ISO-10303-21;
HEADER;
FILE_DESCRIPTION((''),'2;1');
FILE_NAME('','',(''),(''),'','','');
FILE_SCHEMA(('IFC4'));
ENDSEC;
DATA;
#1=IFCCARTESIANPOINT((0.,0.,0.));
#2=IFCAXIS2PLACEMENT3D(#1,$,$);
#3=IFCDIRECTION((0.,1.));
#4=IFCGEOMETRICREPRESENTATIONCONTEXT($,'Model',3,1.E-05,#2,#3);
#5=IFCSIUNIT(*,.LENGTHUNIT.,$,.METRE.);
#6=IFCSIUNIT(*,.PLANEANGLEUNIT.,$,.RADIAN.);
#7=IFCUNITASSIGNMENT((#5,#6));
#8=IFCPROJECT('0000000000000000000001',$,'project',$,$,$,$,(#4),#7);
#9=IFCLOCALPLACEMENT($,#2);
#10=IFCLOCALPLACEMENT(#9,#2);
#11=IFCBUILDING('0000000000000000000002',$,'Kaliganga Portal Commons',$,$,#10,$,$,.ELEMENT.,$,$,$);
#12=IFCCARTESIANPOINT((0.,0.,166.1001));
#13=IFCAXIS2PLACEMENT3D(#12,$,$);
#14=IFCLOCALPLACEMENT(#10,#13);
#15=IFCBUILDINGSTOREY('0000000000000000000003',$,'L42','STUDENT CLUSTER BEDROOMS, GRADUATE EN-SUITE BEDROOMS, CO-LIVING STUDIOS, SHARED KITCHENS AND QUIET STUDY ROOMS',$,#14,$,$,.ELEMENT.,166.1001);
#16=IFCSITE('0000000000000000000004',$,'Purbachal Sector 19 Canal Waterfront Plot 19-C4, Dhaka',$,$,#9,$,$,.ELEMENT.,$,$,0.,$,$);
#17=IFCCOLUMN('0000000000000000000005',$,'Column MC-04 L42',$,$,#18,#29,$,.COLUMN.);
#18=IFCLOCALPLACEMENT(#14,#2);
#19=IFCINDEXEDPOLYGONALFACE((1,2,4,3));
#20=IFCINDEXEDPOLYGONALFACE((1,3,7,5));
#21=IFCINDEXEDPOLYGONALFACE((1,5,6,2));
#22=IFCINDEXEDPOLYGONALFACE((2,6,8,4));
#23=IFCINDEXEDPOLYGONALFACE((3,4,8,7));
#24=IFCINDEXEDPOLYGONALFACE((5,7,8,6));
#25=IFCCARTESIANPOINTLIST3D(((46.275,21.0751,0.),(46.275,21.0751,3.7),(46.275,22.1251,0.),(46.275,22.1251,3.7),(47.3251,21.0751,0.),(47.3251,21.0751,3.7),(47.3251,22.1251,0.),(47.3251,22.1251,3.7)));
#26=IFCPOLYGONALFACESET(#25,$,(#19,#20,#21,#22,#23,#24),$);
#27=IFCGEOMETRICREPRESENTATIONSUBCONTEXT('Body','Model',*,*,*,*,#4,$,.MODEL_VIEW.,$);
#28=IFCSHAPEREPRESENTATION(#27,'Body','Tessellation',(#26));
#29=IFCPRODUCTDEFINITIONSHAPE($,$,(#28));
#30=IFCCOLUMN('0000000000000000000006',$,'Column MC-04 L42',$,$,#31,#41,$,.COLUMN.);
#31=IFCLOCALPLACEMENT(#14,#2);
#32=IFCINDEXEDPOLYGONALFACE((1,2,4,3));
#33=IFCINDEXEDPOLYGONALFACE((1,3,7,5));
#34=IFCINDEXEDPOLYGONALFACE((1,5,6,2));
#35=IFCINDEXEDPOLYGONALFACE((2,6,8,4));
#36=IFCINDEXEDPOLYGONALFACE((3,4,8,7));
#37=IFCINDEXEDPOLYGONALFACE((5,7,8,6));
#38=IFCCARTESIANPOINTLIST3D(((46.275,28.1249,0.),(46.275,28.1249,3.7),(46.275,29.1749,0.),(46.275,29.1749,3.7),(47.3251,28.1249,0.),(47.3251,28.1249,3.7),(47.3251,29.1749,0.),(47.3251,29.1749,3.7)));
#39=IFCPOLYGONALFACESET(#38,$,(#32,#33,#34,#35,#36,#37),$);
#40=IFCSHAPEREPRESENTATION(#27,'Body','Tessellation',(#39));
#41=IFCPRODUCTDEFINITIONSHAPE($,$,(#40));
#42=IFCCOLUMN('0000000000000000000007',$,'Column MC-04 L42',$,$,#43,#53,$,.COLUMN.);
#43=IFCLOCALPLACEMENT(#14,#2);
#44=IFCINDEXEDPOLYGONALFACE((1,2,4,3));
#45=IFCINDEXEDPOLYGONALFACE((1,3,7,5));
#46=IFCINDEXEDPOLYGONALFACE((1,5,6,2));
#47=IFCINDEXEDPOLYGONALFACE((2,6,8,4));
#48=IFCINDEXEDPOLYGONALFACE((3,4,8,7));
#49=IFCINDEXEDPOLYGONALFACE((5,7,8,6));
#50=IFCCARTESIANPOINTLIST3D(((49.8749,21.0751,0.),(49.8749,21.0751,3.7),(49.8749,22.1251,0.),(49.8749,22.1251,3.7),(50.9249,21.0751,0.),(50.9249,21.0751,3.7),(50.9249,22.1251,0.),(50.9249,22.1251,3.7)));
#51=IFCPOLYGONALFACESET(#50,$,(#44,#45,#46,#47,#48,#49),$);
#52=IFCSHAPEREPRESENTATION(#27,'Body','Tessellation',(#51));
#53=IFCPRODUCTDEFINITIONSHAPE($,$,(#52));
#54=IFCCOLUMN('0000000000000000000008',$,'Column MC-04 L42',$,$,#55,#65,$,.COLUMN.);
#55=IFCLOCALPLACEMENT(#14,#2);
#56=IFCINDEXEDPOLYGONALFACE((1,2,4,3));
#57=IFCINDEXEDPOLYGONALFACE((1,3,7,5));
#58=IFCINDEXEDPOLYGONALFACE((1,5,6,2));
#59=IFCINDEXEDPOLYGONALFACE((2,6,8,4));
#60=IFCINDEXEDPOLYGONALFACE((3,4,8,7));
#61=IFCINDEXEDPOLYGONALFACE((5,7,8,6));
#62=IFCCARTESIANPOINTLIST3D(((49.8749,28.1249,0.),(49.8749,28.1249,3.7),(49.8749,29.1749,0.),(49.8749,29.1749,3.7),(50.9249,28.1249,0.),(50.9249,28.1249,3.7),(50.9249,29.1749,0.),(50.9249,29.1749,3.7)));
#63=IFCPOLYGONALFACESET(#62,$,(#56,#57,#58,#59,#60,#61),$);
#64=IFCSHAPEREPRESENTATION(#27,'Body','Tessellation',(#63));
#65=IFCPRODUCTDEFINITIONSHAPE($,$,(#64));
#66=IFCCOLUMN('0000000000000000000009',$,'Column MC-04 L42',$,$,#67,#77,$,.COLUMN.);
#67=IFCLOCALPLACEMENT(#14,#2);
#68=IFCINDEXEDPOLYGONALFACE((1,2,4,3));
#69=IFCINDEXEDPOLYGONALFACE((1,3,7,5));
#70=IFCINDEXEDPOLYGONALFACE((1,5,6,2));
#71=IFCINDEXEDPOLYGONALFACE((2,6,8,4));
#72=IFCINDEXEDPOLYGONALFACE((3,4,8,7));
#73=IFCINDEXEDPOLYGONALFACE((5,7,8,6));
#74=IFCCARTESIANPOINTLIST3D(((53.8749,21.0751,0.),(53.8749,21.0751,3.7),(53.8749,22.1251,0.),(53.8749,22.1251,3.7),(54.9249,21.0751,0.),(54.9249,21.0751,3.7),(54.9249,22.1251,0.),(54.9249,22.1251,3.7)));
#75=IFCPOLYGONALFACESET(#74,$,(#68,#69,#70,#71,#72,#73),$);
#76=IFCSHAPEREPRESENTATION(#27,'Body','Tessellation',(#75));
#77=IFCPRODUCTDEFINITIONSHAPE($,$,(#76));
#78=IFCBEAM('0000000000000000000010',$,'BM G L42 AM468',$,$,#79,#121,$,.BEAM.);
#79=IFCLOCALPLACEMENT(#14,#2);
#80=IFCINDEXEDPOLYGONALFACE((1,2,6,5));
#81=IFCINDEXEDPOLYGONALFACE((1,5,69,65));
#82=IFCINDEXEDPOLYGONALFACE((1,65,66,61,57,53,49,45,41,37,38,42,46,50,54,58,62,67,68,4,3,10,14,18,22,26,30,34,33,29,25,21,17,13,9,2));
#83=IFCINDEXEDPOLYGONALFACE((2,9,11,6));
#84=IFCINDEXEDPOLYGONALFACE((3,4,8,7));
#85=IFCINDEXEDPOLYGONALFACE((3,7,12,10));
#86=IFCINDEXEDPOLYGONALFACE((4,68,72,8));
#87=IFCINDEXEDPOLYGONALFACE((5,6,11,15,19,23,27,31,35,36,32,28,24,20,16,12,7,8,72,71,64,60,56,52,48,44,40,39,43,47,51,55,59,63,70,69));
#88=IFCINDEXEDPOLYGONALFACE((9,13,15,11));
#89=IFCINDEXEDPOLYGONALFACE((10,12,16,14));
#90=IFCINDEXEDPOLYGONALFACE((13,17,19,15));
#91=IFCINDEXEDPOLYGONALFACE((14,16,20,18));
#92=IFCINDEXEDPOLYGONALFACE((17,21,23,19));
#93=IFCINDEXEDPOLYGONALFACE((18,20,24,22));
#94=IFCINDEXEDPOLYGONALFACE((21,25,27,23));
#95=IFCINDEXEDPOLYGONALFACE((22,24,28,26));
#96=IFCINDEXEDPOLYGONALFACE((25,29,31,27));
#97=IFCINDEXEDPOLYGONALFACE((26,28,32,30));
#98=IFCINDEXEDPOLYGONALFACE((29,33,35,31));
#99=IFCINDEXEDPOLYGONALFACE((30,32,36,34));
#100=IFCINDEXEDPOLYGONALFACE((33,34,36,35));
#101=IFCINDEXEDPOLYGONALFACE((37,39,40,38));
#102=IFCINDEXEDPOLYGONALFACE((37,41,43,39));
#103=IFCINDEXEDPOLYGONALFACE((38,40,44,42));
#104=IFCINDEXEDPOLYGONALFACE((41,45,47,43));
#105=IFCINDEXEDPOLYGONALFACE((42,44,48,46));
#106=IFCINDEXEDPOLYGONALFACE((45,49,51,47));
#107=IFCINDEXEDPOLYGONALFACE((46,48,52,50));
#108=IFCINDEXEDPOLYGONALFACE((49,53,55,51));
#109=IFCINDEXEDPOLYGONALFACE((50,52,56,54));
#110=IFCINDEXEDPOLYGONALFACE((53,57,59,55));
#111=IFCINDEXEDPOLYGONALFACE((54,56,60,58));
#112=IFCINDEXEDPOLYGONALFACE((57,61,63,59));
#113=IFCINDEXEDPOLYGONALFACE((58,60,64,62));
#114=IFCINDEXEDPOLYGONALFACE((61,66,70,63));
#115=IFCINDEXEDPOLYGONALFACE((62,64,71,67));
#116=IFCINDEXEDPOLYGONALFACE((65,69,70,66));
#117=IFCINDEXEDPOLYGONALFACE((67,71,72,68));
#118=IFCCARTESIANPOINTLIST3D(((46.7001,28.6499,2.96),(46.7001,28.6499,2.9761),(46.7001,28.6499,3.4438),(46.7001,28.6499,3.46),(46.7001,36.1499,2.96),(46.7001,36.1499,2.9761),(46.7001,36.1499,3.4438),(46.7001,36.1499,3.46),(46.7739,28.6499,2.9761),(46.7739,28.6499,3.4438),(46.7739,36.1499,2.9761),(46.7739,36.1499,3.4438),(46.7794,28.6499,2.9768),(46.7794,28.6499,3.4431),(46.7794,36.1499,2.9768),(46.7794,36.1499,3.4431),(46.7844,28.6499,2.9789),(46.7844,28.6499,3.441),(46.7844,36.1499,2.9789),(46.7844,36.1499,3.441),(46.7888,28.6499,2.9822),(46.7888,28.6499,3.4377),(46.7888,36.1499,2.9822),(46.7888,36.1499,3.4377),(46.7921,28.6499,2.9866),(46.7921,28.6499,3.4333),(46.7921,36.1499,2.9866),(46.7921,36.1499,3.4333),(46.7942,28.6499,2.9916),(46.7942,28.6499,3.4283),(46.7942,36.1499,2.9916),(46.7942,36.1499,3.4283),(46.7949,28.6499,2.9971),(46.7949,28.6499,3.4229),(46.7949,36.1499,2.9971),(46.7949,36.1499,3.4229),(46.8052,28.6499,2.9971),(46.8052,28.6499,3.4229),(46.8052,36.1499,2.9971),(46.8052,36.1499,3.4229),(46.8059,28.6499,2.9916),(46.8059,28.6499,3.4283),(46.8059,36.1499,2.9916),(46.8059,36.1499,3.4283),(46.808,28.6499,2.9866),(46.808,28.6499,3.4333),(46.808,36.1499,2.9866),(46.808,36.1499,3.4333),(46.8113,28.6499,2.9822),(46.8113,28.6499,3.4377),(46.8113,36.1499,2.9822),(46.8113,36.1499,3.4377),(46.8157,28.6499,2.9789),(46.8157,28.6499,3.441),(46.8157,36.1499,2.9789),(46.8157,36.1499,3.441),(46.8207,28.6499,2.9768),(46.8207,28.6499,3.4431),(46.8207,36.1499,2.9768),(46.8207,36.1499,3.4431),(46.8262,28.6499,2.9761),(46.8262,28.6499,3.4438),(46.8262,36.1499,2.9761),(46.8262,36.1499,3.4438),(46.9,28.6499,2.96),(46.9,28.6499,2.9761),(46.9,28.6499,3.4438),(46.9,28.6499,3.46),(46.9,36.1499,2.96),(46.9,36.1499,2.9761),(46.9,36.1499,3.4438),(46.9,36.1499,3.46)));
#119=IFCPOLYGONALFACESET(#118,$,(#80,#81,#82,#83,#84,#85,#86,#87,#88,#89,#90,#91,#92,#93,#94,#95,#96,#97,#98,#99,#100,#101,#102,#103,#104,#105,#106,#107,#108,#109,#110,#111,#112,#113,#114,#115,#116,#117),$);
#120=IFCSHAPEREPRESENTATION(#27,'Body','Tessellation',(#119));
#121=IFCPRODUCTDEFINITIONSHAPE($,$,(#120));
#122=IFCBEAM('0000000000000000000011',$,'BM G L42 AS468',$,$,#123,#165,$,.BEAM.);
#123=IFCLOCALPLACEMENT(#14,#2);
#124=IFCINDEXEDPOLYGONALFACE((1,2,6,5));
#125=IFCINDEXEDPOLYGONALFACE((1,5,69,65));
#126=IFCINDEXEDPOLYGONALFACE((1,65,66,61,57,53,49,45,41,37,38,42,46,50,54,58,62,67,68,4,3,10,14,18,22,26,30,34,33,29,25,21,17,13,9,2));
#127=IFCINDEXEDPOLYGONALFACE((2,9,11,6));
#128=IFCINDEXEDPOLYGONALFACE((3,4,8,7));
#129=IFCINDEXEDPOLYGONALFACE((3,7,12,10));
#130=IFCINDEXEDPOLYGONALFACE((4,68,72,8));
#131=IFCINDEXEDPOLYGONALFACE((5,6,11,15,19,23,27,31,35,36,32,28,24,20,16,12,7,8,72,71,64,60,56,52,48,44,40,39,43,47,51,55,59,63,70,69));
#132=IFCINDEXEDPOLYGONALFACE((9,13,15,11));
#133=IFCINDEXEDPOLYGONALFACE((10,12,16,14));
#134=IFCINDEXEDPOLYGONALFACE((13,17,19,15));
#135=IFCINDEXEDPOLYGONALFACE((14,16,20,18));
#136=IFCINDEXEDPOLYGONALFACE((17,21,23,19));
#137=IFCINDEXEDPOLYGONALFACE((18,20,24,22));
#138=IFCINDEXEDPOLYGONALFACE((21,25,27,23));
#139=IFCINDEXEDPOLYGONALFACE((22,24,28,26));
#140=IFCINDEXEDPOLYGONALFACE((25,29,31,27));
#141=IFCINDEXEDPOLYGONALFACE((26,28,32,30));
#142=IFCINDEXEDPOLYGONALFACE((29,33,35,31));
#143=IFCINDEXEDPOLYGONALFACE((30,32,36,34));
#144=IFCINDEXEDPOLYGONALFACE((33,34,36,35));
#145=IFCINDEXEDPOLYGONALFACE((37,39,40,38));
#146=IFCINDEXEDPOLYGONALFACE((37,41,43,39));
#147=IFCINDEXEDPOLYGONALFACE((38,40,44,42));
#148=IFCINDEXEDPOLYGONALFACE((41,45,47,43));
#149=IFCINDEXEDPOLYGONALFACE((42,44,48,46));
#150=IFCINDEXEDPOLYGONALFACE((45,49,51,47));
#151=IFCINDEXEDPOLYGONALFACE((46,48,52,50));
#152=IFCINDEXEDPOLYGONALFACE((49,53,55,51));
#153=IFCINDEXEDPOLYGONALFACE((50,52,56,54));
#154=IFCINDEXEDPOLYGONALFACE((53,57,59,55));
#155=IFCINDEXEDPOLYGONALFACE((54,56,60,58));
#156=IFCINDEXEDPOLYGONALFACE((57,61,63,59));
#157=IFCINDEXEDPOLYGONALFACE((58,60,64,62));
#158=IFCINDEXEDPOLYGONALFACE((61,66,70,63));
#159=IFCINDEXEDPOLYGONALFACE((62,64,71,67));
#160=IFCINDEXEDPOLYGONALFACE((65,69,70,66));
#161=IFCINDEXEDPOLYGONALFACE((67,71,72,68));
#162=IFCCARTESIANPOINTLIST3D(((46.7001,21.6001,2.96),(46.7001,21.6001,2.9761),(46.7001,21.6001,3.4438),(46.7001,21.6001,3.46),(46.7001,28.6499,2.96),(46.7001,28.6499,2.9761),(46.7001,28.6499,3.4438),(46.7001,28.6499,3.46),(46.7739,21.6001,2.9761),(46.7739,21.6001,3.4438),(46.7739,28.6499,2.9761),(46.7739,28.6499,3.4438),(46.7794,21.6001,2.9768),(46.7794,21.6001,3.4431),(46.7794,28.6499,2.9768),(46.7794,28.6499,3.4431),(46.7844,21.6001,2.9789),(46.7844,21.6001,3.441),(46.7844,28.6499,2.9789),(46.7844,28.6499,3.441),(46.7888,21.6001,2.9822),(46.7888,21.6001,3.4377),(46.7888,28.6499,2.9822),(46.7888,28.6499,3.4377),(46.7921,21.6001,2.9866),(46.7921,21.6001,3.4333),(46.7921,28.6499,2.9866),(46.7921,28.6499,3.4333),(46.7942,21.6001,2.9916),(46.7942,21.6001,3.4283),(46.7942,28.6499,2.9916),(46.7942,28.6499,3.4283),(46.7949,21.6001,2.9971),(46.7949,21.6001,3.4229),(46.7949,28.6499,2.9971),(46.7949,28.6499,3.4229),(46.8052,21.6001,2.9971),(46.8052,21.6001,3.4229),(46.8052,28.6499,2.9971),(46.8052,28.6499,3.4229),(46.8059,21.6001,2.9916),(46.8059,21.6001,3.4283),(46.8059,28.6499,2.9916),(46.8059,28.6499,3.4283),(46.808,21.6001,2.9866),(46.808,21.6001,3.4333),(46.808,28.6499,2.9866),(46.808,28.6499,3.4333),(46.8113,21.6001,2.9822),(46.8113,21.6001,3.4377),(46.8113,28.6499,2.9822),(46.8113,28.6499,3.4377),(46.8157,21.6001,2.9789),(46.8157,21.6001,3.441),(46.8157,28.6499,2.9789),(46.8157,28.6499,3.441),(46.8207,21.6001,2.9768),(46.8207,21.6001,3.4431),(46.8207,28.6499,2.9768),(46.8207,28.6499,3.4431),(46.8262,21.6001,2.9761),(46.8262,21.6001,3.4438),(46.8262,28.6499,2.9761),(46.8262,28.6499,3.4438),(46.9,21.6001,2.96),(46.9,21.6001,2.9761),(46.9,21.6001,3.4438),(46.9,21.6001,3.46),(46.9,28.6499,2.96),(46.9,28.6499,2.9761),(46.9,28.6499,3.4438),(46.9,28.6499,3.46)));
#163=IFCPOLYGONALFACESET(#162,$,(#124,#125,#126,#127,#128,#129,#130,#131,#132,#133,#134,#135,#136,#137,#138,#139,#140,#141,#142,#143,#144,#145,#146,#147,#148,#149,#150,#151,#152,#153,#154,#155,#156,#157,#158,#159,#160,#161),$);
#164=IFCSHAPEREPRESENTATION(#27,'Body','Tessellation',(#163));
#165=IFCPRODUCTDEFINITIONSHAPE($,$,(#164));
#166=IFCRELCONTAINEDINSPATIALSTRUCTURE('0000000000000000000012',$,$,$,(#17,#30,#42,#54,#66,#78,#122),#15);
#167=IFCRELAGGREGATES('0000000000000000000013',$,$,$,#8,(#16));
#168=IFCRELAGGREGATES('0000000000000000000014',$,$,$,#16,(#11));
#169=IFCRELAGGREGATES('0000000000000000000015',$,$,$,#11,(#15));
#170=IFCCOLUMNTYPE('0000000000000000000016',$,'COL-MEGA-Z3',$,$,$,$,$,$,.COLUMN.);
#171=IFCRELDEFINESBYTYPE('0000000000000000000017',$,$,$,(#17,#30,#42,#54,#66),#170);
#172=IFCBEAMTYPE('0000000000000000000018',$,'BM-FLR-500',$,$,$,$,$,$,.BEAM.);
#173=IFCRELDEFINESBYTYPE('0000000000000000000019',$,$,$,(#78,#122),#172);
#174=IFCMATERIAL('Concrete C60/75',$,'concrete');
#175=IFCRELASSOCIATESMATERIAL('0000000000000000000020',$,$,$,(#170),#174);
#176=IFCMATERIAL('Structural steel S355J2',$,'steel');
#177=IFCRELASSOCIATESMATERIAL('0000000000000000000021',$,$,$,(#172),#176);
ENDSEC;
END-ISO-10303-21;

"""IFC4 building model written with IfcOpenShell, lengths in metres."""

from ifc_helpers import new_model, si_unit, direction, frame, origin, origin_2d, place, context, subcontext, project, spatial, rectangle, i_section, extrude, source, transform, mapped, material, material_profile, profile_set, type_object, element, save


model = new_model("IFC4")

# Units and contexts
model_context = context("Model", 3, precision=1e-05, world=origin(), true_north=direction((0.0, 1.0)))
body_context = subcontext(model_context, "Body", "Model", "MODEL_VIEW")
ifc_project = project(units=[si_unit("LENGTHUNIT", "METRE"), si_unit("PLANEANGLEUNIT", "RADIAN")], contexts=[model_context])

# Site, building, storey
site_placement = place(None, origin())
site = spatial("IfcSite", under=ifc_project, at=site_placement, Name="Purbachal Sector 19 Canal Waterfront Plot 19-C4, Dhaka", CompositionType="ELEMENT", RefElevation=0.0)
building_placement = place(site_placement, origin())
building = spatial("IfcBuilding", under=site, at=building_placement, Name="Kaliganga Portal Commons", CompositionType="ELEMENT")
storey_placement = place(building_placement, frame((0.0, 0.0, 166.1001)))
storey = spatial("IfcBuildingStorey", under=building, at=storey_placement, Name="L42", Description="STUDENT CLUSTER BEDROOMS, GRADUATE EN-SUITE BEDROOMS, CO-LIVING STUDIOS, SHARED KITCHENS AND QUIET STUDY ROOMS", CompositionType="ELEMENT", Elevation=166.1001)

# Columns
ifc_material_1 = material(Name="Concrete C60/75", Category="concrete")
ifc_material_profile_1 = material_profile(ifc_material_1, rectangle(XDim=1.05, YDim=1.05, at=origin_2d()), Name="RC 1050x1050")
ifc_profile_set_1 = profile_set([ifc_material_profile_1], Name="Concrete C60/75")
column_type = type_object("IfcColumnType", Name="COL-MEGA-Z3", PredefinedType="COLUMN", material=ifc_profile_set_1)
shared_shape_1 = source(origin(), body_context, "Body", "SweptSolid", [
    extrude(rectangle(XDim=1.05, YDim=1.05, at=origin_2d()), origin(), (0.0, 0.0, 1.0), 3.7),
])
for number, where, z_axis, x_axis, name in (
    (1, (46.8, 21.6001, 0.0), (0.0, 0.0, 1.0), (1.0, 0.0, 0.0), "Column MC-04 L42"),
    (2, (46.8, 28.6499, 0.0), (0.0, 0.0, 1.0), (1.0, 0.0, 0.0), "Column MC-04 L42"),
    (3, (50.3999, 21.6001, 0.0), (0.0, 0.0, 1.0), (1.0, 0.0, 0.0), "Column MC-04 L42"),
    (4, (50.3999, 28.6499, 0.0), (0.0, 0.0, 1.0), (1.0, 0.0, 0.0), "Column MC-04 L42"),
    (5, (54.3999, 21.6001, 0.0), (0.0, 0.0, 1.0), (1.0, 0.0, 0.0), "Column MC-04 L42"),
):
    element("IfcColumn", number, at=place(storey_placement, frame(where, z_axis=z_axis, x_axis=x_axis)), inside=storey, type_object=column_type, Name=name, PredefinedType="COLUMN", context=body_context, shape_type="MappedRepresentation", body=[
        mapped(shared_shape_1, transform((0.0, 0.0, 0.0), x_axis=(1.0, 0.0, 0.0), y_axis=(0.0, 1.0, 0.0), z_axis=(0.0, 0.0, 1.0), scale=1.0)),
    ])

# Beams
ifc_material_2 = material(Name="Structural steel S355J2", Category="steel")
ifc_material_profile_2 = material_profile(ifc_material_2, i_section(OverallWidth=0.2, OverallDepth=0.5, WebThickness=0.0103, FlangeThickness=0.0161, FilletRadius=0.021, at=origin_2d()), Name="IPE 500")
ifc_profile_set_2 = profile_set([ifc_material_profile_2], Name="Structural steel S355J2 wide-flange")
beam_type_1 = type_object("IfcBeamType", Name="BM-FLR-500", PredefinedType="BEAM", material=ifc_profile_set_2)
shared_shape_2 = source(origin(), body_context, "Body", "SweptSolid", [
    extrude(i_section(OverallWidth=0.2, OverallDepth=0.5, WebThickness=0.0103, FlangeThickness=0.0161, FilletRadius=0.021, at=origin_2d()), origin(), (0.0, 0.0, 1.0), 7.5),
])
beam_1_placement = place(storey_placement, frame((46.8, 28.6499, 3.21), z_axis=(0.0, 1.0, 0.0), x_axis=(-1.0, 0.0, 0.0)))
element("IfcBeam", 6, at=beam_1_placement, inside=storey, type_object=beam_type_1, Name="BM G L42 AM468", PredefinedType="BEAM", context=body_context, shape_type="MappedRepresentation", body=[
    mapped(shared_shape_2, transform((0.0, 0.0, 0.0), x_axis=(1.0, 0.0, 0.0), y_axis=(0.0, 1.0, 0.0), z_axis=(0.0, 0.0, 1.0), scale=1.0)),
])
shared_shape_3 = source(origin(), body_context, "Body", "SweptSolid", [
    extrude(i_section(OverallWidth=0.2, OverallDepth=0.5, WebThickness=0.0103, FlangeThickness=0.0161, FilletRadius=0.021, at=origin_2d()), origin(), (0.0, 0.0, 1.0), 7.0498),
])
beam_2_placement = place(storey_placement, frame((46.8, 21.6001, 3.21), z_axis=(0.0, 1.0, 0.0), x_axis=(-1.0, 0.0, 0.0)))
element("IfcBeam", 7, at=beam_2_placement, inside=storey, type_object=beam_type_1, Name="BM G L42 AS468", PredefinedType="BEAM", context=body_context, shape_type="MappedRepresentation", body=[
    mapped(shared_shape_3, transform((0.0, 0.0, 0.0), x_axis=(1.0, 0.0, 0.0), y_axis=(0.0, 1.0, 0.0), z_axis=(0.0, 0.0, 1.0), scale=1.0)),
])

save(model, "model.ifc")
